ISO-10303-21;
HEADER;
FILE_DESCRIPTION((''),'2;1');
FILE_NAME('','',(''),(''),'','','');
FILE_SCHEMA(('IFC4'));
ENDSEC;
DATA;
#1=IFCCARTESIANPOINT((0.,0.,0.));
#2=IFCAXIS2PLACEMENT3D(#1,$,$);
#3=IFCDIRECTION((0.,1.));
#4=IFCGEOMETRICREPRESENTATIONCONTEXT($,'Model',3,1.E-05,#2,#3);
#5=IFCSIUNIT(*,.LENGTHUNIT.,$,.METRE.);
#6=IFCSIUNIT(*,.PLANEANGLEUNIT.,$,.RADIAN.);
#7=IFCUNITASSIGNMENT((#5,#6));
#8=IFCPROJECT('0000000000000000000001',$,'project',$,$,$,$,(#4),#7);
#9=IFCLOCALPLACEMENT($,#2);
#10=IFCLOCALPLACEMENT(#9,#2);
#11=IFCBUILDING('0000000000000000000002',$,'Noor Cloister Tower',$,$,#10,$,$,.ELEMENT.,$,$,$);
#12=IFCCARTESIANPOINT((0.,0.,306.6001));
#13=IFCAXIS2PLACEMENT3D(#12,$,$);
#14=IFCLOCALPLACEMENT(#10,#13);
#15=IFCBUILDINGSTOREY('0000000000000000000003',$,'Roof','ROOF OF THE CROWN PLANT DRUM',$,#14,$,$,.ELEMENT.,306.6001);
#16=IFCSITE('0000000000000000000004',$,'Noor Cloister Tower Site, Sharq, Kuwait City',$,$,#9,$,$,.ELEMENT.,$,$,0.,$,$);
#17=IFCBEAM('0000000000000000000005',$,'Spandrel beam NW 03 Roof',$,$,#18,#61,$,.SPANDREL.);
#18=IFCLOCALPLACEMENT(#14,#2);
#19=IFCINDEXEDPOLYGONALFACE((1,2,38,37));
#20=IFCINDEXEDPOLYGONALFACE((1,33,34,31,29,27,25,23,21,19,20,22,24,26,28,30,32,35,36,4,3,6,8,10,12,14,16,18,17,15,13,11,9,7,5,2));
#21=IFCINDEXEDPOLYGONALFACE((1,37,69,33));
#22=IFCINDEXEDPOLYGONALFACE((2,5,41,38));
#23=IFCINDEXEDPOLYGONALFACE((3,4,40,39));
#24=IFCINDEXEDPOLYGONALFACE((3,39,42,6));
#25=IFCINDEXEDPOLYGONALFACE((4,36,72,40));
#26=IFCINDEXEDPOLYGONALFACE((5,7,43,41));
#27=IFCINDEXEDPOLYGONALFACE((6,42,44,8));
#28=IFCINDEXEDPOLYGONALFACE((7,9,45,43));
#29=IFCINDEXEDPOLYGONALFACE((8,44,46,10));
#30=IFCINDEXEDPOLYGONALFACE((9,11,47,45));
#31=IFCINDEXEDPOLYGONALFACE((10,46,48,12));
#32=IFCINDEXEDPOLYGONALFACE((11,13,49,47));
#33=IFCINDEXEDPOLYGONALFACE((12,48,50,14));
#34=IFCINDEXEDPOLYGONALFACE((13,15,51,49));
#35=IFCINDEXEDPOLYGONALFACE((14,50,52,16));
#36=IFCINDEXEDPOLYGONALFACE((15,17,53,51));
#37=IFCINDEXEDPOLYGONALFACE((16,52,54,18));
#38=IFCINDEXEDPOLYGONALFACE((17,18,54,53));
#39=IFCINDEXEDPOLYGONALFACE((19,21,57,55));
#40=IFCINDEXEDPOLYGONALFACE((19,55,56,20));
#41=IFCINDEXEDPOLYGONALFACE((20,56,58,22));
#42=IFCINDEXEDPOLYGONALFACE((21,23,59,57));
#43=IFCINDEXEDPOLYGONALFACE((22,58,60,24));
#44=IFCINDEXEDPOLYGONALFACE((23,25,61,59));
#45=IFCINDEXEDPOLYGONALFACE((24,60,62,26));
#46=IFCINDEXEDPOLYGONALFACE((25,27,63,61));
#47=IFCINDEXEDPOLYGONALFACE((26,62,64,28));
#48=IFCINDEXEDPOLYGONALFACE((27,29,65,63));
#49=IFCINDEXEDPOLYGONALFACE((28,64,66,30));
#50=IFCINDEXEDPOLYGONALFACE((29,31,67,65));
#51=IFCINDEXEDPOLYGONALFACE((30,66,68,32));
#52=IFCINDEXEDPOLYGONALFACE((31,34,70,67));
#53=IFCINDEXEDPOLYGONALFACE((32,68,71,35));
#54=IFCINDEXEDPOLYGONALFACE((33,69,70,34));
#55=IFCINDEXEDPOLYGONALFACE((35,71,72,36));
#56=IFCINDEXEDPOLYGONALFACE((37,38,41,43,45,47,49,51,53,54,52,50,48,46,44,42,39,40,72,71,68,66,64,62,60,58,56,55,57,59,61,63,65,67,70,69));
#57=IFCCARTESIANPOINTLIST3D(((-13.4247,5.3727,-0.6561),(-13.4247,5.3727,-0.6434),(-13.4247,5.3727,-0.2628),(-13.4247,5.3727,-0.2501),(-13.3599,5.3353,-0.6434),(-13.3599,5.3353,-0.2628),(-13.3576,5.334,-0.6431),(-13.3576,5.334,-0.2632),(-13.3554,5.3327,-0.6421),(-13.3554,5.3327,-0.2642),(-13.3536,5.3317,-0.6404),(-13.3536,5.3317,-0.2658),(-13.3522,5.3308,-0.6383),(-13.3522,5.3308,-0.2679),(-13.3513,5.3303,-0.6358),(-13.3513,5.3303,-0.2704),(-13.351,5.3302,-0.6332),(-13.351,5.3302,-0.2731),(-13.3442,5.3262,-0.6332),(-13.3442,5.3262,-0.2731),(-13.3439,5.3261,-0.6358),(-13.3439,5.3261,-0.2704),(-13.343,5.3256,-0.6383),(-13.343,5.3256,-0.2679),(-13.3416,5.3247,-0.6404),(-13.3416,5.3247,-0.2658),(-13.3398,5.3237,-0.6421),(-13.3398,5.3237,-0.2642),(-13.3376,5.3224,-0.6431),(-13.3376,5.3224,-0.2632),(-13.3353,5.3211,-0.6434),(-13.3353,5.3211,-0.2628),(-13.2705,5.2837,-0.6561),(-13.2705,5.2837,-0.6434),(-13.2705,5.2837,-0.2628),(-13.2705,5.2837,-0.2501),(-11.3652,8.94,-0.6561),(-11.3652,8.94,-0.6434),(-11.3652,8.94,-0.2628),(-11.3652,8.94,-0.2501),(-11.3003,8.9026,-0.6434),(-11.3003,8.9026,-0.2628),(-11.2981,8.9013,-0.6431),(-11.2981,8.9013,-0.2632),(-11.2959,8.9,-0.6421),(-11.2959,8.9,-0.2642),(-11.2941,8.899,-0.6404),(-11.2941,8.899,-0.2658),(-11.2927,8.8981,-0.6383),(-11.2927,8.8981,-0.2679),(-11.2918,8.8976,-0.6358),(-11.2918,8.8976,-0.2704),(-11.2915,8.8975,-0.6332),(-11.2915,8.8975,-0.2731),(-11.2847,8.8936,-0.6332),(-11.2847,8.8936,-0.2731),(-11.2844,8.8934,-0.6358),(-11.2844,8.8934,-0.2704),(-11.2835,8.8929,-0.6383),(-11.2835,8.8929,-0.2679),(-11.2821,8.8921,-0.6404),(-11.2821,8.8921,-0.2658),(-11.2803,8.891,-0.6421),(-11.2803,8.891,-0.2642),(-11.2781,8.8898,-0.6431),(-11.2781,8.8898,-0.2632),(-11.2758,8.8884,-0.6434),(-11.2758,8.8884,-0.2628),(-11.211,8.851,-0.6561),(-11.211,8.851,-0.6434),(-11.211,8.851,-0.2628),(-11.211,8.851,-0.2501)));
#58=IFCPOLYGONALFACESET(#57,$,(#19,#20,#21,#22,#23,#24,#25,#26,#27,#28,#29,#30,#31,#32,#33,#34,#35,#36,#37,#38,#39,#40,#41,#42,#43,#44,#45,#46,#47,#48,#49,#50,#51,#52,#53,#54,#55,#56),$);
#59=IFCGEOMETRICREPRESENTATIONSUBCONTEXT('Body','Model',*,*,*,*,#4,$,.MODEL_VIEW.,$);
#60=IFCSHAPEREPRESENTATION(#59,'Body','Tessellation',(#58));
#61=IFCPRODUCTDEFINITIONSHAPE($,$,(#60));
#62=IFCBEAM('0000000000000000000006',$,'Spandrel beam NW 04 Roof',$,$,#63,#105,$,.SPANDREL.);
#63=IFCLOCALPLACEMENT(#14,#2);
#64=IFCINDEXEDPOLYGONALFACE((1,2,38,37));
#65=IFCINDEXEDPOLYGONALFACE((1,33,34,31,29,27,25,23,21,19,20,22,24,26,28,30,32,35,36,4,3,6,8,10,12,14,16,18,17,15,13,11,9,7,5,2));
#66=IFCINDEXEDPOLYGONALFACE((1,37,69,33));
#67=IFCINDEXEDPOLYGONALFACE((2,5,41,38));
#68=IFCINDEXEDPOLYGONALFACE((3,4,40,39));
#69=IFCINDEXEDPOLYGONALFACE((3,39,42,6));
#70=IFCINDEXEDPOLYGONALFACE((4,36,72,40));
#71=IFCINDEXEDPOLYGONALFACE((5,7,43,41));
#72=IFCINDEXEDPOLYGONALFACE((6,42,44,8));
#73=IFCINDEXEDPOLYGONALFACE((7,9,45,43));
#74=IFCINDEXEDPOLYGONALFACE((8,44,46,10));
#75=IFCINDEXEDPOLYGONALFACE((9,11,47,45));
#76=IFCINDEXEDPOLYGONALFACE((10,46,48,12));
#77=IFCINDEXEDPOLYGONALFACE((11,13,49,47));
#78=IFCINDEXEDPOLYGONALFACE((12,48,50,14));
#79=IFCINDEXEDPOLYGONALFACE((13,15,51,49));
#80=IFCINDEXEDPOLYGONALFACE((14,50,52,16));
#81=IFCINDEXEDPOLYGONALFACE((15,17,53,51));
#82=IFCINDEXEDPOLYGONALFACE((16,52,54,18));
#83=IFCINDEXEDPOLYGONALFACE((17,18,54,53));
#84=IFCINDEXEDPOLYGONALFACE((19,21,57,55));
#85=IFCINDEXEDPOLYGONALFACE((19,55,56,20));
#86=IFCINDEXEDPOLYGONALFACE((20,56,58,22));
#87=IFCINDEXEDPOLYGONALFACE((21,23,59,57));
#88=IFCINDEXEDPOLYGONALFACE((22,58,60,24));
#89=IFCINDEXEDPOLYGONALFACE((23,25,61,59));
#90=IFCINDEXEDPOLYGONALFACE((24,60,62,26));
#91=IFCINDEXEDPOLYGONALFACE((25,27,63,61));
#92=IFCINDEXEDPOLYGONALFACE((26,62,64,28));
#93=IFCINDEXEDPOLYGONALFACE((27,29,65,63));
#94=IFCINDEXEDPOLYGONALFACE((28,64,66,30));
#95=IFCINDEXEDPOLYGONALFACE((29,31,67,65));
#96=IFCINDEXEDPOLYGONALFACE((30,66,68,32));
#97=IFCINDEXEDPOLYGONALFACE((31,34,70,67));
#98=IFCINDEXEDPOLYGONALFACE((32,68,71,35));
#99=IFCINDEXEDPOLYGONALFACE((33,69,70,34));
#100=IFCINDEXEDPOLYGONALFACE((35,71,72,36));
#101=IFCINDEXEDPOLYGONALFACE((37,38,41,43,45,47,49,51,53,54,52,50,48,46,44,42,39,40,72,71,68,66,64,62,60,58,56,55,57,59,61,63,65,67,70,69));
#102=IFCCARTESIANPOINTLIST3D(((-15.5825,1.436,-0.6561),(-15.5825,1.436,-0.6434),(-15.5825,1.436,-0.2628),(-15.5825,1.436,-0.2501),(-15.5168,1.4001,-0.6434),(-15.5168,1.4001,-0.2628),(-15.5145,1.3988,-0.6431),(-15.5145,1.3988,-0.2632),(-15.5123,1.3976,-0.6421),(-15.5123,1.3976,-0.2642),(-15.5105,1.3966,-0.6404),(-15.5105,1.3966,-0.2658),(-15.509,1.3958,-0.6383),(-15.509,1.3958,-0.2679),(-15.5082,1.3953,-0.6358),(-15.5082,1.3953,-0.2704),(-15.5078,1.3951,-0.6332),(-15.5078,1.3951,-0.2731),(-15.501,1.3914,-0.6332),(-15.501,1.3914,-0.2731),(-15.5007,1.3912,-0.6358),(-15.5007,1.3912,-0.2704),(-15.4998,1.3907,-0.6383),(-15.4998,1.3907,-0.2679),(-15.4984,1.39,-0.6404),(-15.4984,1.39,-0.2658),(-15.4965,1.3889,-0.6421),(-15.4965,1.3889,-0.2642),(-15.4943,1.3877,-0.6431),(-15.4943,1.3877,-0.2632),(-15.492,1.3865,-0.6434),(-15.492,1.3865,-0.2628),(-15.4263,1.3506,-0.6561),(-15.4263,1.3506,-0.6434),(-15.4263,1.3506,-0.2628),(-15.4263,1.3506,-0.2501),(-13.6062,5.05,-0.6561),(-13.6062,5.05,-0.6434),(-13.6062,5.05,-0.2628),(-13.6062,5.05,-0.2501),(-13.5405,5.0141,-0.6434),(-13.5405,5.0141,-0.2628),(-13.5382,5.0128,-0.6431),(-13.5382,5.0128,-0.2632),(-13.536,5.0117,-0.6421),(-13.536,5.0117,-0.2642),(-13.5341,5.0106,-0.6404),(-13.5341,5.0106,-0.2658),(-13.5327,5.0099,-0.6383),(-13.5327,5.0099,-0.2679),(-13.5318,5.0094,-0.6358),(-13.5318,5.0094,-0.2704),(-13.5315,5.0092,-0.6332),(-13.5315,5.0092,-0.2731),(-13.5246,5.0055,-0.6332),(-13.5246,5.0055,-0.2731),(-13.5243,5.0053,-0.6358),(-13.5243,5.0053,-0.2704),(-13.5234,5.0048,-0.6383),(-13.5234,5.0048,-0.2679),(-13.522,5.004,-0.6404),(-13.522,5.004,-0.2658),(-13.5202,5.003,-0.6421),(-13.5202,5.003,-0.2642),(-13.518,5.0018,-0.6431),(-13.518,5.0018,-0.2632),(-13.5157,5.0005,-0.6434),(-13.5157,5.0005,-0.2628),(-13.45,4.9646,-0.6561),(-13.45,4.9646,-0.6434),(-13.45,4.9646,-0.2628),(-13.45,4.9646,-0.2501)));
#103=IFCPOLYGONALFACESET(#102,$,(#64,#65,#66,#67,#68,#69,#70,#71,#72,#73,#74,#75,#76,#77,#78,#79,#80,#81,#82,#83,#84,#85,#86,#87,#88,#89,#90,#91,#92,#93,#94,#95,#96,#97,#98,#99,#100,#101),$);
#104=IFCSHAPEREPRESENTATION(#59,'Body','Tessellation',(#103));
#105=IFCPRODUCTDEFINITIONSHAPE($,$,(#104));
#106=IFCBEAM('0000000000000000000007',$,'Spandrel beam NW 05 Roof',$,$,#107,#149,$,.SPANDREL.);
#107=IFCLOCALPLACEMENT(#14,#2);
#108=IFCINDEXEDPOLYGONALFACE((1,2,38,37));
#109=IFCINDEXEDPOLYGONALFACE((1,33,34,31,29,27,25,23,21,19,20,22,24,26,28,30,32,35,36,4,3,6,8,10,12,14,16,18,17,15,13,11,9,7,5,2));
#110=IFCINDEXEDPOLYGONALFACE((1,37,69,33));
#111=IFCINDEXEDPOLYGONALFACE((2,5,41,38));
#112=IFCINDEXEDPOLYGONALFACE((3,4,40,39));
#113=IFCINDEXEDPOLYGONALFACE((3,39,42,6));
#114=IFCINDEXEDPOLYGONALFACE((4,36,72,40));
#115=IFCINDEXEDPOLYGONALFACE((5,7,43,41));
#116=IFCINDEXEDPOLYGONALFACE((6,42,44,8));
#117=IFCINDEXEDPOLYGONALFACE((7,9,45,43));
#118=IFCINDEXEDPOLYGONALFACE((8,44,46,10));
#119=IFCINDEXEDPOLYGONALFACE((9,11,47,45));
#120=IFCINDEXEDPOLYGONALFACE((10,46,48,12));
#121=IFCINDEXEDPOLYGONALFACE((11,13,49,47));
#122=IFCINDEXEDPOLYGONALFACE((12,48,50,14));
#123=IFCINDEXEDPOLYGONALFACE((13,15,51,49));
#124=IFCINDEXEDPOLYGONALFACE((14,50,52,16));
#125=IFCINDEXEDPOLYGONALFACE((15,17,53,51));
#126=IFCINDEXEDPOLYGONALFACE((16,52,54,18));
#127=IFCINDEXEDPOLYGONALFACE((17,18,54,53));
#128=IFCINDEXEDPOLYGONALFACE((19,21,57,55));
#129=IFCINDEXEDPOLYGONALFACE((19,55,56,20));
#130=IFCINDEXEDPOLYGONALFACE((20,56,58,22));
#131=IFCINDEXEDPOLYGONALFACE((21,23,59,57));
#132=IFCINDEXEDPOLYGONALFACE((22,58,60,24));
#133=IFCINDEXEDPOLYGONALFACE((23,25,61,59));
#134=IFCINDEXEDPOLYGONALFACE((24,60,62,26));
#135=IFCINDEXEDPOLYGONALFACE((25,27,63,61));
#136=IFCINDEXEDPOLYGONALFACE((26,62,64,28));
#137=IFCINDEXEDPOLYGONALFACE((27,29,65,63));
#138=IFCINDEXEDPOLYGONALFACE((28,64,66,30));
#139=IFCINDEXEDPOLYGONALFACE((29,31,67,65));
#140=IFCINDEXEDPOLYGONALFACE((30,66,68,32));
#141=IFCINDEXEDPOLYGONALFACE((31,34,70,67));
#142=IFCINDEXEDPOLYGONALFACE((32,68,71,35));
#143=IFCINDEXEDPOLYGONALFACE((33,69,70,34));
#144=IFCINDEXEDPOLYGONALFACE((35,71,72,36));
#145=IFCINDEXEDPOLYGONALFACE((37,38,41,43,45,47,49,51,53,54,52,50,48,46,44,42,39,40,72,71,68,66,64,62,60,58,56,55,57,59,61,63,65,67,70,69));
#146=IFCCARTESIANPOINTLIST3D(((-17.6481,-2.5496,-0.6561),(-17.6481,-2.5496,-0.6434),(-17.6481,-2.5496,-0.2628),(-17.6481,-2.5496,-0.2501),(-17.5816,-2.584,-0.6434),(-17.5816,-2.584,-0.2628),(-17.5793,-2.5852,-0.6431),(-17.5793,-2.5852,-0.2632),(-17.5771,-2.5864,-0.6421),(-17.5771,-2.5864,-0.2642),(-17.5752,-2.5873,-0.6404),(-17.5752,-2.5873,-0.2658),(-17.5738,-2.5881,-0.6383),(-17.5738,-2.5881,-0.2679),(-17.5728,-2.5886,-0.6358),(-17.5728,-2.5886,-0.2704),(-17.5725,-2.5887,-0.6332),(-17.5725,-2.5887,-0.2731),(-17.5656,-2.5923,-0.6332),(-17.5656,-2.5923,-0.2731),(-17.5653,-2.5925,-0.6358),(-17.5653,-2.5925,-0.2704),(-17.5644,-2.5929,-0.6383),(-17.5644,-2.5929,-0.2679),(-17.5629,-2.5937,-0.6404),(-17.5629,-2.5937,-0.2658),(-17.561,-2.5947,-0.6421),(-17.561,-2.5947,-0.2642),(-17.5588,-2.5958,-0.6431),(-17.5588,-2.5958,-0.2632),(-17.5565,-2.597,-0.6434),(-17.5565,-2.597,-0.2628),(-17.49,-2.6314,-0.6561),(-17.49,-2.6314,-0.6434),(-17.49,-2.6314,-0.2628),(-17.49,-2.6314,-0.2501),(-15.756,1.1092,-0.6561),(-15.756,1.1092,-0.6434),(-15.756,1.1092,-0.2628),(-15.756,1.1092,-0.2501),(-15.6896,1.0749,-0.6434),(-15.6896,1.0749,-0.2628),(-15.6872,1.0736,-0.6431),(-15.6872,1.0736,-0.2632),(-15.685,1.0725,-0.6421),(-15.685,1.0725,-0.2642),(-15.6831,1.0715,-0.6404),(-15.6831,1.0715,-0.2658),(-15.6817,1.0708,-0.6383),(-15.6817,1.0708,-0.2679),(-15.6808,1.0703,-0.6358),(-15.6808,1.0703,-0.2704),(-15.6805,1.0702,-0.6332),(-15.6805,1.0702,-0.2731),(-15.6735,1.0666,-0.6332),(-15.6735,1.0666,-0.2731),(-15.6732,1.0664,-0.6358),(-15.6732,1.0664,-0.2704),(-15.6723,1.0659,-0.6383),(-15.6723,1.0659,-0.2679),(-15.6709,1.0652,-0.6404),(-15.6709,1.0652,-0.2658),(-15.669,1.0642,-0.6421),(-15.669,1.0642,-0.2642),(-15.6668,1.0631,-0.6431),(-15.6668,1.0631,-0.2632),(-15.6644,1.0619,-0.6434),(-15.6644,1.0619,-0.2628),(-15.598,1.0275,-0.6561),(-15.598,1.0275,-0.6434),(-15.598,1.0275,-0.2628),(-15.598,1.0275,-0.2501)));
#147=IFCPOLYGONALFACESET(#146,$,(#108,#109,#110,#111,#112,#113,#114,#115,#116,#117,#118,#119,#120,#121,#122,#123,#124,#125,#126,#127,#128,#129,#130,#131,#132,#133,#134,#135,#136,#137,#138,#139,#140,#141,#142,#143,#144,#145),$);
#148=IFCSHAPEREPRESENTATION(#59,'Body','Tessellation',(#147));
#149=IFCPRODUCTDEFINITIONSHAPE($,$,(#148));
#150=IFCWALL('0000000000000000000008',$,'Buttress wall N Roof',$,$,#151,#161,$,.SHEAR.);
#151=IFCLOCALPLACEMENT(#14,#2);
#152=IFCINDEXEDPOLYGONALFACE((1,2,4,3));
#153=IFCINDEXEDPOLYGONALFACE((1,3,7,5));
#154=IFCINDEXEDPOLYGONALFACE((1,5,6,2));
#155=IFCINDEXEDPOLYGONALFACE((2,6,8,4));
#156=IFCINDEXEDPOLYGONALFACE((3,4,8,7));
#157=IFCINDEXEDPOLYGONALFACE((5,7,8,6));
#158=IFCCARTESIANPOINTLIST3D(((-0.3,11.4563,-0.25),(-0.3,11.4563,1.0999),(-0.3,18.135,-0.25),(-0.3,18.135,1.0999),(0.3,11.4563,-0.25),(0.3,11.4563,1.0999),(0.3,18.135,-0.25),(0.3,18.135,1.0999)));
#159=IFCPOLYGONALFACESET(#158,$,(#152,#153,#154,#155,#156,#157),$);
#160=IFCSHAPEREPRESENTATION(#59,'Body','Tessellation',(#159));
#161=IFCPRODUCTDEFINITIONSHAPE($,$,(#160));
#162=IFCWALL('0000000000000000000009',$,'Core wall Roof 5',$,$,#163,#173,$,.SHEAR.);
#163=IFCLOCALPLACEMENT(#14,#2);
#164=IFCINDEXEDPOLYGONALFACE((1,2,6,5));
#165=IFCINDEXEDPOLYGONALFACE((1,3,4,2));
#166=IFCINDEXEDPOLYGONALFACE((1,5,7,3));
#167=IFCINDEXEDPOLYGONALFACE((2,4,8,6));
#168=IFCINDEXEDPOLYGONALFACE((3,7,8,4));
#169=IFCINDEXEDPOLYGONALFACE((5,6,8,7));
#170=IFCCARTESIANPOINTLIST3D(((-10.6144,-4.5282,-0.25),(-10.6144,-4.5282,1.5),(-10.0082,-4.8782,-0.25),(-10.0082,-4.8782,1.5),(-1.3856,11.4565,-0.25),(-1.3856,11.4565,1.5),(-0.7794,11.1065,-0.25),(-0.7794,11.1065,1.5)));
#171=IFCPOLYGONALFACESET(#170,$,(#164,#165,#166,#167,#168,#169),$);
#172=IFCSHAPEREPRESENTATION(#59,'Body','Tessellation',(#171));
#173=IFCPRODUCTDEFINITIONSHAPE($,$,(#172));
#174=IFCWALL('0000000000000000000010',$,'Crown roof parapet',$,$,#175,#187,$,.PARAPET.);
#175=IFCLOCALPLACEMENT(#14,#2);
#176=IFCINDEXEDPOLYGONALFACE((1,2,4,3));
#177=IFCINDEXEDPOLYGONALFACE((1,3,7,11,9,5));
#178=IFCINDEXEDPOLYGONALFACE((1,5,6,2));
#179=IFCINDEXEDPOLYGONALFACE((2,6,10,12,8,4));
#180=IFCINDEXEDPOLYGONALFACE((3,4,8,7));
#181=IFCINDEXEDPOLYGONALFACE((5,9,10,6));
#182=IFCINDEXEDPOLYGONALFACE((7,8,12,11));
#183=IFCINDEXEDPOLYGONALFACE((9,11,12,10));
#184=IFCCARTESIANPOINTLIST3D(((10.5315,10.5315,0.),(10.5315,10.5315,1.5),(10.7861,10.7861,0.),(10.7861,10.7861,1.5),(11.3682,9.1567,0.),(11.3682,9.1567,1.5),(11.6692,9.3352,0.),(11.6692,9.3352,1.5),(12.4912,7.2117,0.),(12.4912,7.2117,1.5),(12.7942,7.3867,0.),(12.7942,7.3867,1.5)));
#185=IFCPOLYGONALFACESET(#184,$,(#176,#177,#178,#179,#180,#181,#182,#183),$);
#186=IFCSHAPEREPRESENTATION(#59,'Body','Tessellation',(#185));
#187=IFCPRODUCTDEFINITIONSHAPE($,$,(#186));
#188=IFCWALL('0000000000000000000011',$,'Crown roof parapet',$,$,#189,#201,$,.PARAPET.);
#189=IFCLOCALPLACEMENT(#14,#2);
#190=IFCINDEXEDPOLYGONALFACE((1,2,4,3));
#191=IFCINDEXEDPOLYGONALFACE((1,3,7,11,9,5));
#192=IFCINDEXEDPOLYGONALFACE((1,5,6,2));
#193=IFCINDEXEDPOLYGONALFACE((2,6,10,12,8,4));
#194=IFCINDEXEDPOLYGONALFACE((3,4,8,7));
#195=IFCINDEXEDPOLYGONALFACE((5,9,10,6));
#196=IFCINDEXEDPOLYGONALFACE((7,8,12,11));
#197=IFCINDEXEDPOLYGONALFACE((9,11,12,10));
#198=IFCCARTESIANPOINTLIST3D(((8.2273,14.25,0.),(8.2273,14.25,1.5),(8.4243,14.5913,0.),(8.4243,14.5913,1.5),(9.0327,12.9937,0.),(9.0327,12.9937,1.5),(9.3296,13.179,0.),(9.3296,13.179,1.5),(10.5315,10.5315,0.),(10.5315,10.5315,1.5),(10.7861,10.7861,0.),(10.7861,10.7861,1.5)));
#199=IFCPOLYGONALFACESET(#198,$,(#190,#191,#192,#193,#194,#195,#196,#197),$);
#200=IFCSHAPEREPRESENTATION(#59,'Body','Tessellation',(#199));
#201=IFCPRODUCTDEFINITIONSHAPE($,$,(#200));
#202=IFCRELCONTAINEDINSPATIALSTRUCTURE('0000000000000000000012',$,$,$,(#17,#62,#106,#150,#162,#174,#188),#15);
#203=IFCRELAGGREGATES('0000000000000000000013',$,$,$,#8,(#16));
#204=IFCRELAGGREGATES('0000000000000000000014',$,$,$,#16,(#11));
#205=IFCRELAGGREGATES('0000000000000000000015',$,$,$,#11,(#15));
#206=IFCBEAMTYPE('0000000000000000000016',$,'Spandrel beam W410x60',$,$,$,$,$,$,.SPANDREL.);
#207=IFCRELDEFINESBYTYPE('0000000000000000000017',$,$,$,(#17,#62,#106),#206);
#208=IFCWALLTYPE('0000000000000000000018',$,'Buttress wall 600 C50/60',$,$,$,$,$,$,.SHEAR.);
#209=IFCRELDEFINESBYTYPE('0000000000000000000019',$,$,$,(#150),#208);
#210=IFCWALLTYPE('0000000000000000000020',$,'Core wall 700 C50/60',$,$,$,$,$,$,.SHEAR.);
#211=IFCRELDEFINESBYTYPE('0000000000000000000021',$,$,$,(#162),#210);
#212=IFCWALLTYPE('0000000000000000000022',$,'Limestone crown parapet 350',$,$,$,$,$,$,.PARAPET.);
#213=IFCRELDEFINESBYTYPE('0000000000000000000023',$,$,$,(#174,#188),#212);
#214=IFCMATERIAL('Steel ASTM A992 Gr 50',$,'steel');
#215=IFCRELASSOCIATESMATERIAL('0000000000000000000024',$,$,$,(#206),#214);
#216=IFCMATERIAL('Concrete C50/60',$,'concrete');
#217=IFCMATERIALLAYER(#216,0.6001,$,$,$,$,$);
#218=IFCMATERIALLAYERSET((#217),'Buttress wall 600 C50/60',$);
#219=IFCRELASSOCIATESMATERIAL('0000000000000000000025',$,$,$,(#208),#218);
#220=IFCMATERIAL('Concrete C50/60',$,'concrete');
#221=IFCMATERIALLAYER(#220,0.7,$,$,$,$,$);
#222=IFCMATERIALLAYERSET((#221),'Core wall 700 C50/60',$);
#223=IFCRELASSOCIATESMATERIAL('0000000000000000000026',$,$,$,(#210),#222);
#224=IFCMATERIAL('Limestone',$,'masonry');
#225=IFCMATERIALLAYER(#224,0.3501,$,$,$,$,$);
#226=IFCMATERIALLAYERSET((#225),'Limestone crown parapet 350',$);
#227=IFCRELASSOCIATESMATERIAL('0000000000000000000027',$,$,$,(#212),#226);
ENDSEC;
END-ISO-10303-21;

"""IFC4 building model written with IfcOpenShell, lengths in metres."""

from ifc_helpers import new_model, si_unit, direction, frame, frame_2d, origin, origin_2d, place, context, subcontext, project, spatial, polyline, rectangle, i_section, outline, extrude, material, layer, layer_set, material_profile, profile_set, type_object, element, save


model = new_model("IFC4")

# Units and contexts
model_context = context("Model", 3, precision=1e-05, world=origin(), true_north=direction((0.0, 1.0)))
body_context = subcontext(model_context, "Body", "Model", "MODEL_VIEW")
ifc_project = project(units=[si_unit("LENGTHUNIT", "METRE"), si_unit("PLANEANGLEUNIT", "RADIAN")], contexts=[model_context])

# Site, building, storey
site_placement = place(None, origin())
site = spatial("IfcSite", under=ifc_project, at=site_placement, Name="Noor Cloister Tower Site, Sharq, Kuwait City", CompositionType="ELEMENT", RefElevation=0.0)
building_placement = place(site_placement, origin())
building = spatial("IfcBuilding", under=site, at=building_placement, Name="Noor Cloister Tower", CompositionType="ELEMENT")
storey_placement = place(building_placement, frame((0.0, 0.0, 306.6001)))
storey = spatial("IfcBuildingStorey", under=building, at=storey_placement, Name="Roof", Description="ROOF OF THE CROWN PLANT DRUM", CompositionType="ELEMENT", Elevation=306.6001)

# Beams
ifc_material_1 = material(Name="Steel ASTM A992 Gr 50", Category="steel")
ifc_material_profile_1 = material_profile(ifc_material_1, i_section(OverallWidth=0.178, OverallDepth=0.406, WebThickness=0.0078, FlangeThickness=0.0127, FilletRadius=0.0103, at=origin_2d()), Name="W410x60")
ifc_profile_set_1 = profile_set([ifc_material_profile_1], Name="Steel ASTM A992 Gr 50")
beam_type_1 = type_object("IfcBeamType", Name="Spandrel beam W410x60", PredefinedType="SPANDREL", material=ifc_profile_set_1)
for number, where, z_axis, x_axis, name in (
    (1, (-11.2881, 8.8955, -0.4531), (-0.499989, -0.866032, 0.0), (0.866032, -0.499989, 0.0), "Spandrel beam NW 03 Roof"),
    (2, (-13.5281, 5.0073, -0.4531), (-0.479795, -0.877381, 0.0), (0.877381, -0.479795, 0.0), "Spandrel beam NW 04 Roof"),
    (3, (-15.677, 1.0684, -0.4531), (-0.459334, -0.888264, 0.0), (0.888264, -0.459334, 0.0), "Spandrel beam NW 05 Roof"),
):
    element("IfcBeam", number, at=place(storey_placement, frame(where, z_axis=z_axis, x_axis=x_axis)), inside=storey, type_object=beam_type_1, Name=name, PredefinedType="SPANDREL", context=body_context, shape_type="SweptSolid", body=[
        extrude(i_section(OverallWidth=0.178, OverallDepth=0.406, WebThickness=0.0078, FlangeThickness=0.0127, FilletRadius=0.0103, at=origin_2d()), origin(), (0.0, 0.0, 1.0), 4.1191),
    ])

# Walls
ifc_material_2 = material(Name="Concrete C50/60", Category="concrete")
ifc_layer_1 = layer(ifc_material_2, 0.6001)
ifc_layer_set_1 = layer_set([ifc_layer_1], Name="Buttress wall 600 C50/60")
wall_type_1 = type_object("IfcWallType", Name="Buttress wall 600 C50/60", PredefinedType="SHEAR", material=ifc_layer_set_1)
wall_1_placement = place(storey_placement, frame((0.0, 11.4563, -0.25), z_axis=(0.0, 0.0, 1.0), x_axis=(0.0, 1.0, 0.0)))
element("IfcWall", 4, at=wall_1_placement, inside=storey, type_object=wall_type_1, Name="Buttress wall N Roof", PredefinedType="SHEAR", context=body_context, shape_type="SweptSolid", body=[
    extrude(rectangle(XDim=6.6787, YDim=0.6001, at=frame_2d((3.3394, 0.0))), origin(), (0.0, 0.0, 1.0), 1.3499),
])
ifc_material_3 = material(Name="Concrete C50/60", Category="concrete")
ifc_layer_2 = layer(ifc_material_3, 0.7)
ifc_layer_set_2 = layer_set([ifc_layer_2], Name="Core wall 700 C50/60")
wall_type_2 = type_object("IfcWallType", Name="Core wall 700 C50/60", PredefinedType="SHEAR", material=ifc_layer_set_2)
wall_2_placement = place(storey_placement, frame((-1.0825, 11.2815, -0.25), z_axis=(0.0, 0.0, 1.0), x_axis=(-0.500001, -0.866025, 0.0)))
element("IfcWall", 5, at=wall_2_placement, inside=storey, type_object=wall_type_2, Name="Core wall Roof 5", PredefinedType="SHEAR", context=body_context, shape_type="SweptSolid", body=[
    extrude(rectangle(XDim=18.4575, YDim=0.7, at=frame_2d((9.2288, 0.0))), origin(), (0.0, 0.0, 1.0), 1.75),
])
ifc_material_4 = material(Name="Limestone", Category="masonry")
ifc_layer_3 = layer(ifc_material_4, 0.3501)
ifc_layer_set_3 = layer_set([ifc_layer_3], Name="Limestone crown parapet 350")
wall_type_3 = type_object("IfcWallType", Name="Limestone crown parapet 350", PredefinedType="PARAPET", material=ifc_layer_set_3)
wall_3_placement = place(storey_placement, origin())
element("IfcWall", 6, at=wall_3_placement, inside=storey, type_object=wall_type_3, Name="Crown roof parapet", PredefinedType="PARAPET", context=body_context, shape_type="SweptSolid", body=[
    extrude(outline(polyline([(10.7861, 10.7861), (10.5315, 10.5315), (11.3682, 9.1567), (12.4912, 7.2117), (12.7942, 7.3867), (11.6692, 9.3352), (10.7861, 10.7861)])), origin(), (0.0, 0.0, 1.0), 1.5),
])
wall_4_placement = place(storey_placement, origin())
element("IfcWall", 7, at=wall_4_placement, inside=storey, type_object=wall_type_3, Name="Crown roof parapet", PredefinedType="PARAPET", context=body_context, shape_type="SweptSolid", body=[
    extrude(outline(polyline([(8.4243, 14.5913), (8.2273, 14.25), (9.0327, 12.9937), (10.5315, 10.5315), (10.7861, 10.7861), (9.3296, 13.179), (8.4243, 14.5913)])), origin(), (0.0, 0.0, 1.0), 1.5),
])

save(model, "model.ifc")
